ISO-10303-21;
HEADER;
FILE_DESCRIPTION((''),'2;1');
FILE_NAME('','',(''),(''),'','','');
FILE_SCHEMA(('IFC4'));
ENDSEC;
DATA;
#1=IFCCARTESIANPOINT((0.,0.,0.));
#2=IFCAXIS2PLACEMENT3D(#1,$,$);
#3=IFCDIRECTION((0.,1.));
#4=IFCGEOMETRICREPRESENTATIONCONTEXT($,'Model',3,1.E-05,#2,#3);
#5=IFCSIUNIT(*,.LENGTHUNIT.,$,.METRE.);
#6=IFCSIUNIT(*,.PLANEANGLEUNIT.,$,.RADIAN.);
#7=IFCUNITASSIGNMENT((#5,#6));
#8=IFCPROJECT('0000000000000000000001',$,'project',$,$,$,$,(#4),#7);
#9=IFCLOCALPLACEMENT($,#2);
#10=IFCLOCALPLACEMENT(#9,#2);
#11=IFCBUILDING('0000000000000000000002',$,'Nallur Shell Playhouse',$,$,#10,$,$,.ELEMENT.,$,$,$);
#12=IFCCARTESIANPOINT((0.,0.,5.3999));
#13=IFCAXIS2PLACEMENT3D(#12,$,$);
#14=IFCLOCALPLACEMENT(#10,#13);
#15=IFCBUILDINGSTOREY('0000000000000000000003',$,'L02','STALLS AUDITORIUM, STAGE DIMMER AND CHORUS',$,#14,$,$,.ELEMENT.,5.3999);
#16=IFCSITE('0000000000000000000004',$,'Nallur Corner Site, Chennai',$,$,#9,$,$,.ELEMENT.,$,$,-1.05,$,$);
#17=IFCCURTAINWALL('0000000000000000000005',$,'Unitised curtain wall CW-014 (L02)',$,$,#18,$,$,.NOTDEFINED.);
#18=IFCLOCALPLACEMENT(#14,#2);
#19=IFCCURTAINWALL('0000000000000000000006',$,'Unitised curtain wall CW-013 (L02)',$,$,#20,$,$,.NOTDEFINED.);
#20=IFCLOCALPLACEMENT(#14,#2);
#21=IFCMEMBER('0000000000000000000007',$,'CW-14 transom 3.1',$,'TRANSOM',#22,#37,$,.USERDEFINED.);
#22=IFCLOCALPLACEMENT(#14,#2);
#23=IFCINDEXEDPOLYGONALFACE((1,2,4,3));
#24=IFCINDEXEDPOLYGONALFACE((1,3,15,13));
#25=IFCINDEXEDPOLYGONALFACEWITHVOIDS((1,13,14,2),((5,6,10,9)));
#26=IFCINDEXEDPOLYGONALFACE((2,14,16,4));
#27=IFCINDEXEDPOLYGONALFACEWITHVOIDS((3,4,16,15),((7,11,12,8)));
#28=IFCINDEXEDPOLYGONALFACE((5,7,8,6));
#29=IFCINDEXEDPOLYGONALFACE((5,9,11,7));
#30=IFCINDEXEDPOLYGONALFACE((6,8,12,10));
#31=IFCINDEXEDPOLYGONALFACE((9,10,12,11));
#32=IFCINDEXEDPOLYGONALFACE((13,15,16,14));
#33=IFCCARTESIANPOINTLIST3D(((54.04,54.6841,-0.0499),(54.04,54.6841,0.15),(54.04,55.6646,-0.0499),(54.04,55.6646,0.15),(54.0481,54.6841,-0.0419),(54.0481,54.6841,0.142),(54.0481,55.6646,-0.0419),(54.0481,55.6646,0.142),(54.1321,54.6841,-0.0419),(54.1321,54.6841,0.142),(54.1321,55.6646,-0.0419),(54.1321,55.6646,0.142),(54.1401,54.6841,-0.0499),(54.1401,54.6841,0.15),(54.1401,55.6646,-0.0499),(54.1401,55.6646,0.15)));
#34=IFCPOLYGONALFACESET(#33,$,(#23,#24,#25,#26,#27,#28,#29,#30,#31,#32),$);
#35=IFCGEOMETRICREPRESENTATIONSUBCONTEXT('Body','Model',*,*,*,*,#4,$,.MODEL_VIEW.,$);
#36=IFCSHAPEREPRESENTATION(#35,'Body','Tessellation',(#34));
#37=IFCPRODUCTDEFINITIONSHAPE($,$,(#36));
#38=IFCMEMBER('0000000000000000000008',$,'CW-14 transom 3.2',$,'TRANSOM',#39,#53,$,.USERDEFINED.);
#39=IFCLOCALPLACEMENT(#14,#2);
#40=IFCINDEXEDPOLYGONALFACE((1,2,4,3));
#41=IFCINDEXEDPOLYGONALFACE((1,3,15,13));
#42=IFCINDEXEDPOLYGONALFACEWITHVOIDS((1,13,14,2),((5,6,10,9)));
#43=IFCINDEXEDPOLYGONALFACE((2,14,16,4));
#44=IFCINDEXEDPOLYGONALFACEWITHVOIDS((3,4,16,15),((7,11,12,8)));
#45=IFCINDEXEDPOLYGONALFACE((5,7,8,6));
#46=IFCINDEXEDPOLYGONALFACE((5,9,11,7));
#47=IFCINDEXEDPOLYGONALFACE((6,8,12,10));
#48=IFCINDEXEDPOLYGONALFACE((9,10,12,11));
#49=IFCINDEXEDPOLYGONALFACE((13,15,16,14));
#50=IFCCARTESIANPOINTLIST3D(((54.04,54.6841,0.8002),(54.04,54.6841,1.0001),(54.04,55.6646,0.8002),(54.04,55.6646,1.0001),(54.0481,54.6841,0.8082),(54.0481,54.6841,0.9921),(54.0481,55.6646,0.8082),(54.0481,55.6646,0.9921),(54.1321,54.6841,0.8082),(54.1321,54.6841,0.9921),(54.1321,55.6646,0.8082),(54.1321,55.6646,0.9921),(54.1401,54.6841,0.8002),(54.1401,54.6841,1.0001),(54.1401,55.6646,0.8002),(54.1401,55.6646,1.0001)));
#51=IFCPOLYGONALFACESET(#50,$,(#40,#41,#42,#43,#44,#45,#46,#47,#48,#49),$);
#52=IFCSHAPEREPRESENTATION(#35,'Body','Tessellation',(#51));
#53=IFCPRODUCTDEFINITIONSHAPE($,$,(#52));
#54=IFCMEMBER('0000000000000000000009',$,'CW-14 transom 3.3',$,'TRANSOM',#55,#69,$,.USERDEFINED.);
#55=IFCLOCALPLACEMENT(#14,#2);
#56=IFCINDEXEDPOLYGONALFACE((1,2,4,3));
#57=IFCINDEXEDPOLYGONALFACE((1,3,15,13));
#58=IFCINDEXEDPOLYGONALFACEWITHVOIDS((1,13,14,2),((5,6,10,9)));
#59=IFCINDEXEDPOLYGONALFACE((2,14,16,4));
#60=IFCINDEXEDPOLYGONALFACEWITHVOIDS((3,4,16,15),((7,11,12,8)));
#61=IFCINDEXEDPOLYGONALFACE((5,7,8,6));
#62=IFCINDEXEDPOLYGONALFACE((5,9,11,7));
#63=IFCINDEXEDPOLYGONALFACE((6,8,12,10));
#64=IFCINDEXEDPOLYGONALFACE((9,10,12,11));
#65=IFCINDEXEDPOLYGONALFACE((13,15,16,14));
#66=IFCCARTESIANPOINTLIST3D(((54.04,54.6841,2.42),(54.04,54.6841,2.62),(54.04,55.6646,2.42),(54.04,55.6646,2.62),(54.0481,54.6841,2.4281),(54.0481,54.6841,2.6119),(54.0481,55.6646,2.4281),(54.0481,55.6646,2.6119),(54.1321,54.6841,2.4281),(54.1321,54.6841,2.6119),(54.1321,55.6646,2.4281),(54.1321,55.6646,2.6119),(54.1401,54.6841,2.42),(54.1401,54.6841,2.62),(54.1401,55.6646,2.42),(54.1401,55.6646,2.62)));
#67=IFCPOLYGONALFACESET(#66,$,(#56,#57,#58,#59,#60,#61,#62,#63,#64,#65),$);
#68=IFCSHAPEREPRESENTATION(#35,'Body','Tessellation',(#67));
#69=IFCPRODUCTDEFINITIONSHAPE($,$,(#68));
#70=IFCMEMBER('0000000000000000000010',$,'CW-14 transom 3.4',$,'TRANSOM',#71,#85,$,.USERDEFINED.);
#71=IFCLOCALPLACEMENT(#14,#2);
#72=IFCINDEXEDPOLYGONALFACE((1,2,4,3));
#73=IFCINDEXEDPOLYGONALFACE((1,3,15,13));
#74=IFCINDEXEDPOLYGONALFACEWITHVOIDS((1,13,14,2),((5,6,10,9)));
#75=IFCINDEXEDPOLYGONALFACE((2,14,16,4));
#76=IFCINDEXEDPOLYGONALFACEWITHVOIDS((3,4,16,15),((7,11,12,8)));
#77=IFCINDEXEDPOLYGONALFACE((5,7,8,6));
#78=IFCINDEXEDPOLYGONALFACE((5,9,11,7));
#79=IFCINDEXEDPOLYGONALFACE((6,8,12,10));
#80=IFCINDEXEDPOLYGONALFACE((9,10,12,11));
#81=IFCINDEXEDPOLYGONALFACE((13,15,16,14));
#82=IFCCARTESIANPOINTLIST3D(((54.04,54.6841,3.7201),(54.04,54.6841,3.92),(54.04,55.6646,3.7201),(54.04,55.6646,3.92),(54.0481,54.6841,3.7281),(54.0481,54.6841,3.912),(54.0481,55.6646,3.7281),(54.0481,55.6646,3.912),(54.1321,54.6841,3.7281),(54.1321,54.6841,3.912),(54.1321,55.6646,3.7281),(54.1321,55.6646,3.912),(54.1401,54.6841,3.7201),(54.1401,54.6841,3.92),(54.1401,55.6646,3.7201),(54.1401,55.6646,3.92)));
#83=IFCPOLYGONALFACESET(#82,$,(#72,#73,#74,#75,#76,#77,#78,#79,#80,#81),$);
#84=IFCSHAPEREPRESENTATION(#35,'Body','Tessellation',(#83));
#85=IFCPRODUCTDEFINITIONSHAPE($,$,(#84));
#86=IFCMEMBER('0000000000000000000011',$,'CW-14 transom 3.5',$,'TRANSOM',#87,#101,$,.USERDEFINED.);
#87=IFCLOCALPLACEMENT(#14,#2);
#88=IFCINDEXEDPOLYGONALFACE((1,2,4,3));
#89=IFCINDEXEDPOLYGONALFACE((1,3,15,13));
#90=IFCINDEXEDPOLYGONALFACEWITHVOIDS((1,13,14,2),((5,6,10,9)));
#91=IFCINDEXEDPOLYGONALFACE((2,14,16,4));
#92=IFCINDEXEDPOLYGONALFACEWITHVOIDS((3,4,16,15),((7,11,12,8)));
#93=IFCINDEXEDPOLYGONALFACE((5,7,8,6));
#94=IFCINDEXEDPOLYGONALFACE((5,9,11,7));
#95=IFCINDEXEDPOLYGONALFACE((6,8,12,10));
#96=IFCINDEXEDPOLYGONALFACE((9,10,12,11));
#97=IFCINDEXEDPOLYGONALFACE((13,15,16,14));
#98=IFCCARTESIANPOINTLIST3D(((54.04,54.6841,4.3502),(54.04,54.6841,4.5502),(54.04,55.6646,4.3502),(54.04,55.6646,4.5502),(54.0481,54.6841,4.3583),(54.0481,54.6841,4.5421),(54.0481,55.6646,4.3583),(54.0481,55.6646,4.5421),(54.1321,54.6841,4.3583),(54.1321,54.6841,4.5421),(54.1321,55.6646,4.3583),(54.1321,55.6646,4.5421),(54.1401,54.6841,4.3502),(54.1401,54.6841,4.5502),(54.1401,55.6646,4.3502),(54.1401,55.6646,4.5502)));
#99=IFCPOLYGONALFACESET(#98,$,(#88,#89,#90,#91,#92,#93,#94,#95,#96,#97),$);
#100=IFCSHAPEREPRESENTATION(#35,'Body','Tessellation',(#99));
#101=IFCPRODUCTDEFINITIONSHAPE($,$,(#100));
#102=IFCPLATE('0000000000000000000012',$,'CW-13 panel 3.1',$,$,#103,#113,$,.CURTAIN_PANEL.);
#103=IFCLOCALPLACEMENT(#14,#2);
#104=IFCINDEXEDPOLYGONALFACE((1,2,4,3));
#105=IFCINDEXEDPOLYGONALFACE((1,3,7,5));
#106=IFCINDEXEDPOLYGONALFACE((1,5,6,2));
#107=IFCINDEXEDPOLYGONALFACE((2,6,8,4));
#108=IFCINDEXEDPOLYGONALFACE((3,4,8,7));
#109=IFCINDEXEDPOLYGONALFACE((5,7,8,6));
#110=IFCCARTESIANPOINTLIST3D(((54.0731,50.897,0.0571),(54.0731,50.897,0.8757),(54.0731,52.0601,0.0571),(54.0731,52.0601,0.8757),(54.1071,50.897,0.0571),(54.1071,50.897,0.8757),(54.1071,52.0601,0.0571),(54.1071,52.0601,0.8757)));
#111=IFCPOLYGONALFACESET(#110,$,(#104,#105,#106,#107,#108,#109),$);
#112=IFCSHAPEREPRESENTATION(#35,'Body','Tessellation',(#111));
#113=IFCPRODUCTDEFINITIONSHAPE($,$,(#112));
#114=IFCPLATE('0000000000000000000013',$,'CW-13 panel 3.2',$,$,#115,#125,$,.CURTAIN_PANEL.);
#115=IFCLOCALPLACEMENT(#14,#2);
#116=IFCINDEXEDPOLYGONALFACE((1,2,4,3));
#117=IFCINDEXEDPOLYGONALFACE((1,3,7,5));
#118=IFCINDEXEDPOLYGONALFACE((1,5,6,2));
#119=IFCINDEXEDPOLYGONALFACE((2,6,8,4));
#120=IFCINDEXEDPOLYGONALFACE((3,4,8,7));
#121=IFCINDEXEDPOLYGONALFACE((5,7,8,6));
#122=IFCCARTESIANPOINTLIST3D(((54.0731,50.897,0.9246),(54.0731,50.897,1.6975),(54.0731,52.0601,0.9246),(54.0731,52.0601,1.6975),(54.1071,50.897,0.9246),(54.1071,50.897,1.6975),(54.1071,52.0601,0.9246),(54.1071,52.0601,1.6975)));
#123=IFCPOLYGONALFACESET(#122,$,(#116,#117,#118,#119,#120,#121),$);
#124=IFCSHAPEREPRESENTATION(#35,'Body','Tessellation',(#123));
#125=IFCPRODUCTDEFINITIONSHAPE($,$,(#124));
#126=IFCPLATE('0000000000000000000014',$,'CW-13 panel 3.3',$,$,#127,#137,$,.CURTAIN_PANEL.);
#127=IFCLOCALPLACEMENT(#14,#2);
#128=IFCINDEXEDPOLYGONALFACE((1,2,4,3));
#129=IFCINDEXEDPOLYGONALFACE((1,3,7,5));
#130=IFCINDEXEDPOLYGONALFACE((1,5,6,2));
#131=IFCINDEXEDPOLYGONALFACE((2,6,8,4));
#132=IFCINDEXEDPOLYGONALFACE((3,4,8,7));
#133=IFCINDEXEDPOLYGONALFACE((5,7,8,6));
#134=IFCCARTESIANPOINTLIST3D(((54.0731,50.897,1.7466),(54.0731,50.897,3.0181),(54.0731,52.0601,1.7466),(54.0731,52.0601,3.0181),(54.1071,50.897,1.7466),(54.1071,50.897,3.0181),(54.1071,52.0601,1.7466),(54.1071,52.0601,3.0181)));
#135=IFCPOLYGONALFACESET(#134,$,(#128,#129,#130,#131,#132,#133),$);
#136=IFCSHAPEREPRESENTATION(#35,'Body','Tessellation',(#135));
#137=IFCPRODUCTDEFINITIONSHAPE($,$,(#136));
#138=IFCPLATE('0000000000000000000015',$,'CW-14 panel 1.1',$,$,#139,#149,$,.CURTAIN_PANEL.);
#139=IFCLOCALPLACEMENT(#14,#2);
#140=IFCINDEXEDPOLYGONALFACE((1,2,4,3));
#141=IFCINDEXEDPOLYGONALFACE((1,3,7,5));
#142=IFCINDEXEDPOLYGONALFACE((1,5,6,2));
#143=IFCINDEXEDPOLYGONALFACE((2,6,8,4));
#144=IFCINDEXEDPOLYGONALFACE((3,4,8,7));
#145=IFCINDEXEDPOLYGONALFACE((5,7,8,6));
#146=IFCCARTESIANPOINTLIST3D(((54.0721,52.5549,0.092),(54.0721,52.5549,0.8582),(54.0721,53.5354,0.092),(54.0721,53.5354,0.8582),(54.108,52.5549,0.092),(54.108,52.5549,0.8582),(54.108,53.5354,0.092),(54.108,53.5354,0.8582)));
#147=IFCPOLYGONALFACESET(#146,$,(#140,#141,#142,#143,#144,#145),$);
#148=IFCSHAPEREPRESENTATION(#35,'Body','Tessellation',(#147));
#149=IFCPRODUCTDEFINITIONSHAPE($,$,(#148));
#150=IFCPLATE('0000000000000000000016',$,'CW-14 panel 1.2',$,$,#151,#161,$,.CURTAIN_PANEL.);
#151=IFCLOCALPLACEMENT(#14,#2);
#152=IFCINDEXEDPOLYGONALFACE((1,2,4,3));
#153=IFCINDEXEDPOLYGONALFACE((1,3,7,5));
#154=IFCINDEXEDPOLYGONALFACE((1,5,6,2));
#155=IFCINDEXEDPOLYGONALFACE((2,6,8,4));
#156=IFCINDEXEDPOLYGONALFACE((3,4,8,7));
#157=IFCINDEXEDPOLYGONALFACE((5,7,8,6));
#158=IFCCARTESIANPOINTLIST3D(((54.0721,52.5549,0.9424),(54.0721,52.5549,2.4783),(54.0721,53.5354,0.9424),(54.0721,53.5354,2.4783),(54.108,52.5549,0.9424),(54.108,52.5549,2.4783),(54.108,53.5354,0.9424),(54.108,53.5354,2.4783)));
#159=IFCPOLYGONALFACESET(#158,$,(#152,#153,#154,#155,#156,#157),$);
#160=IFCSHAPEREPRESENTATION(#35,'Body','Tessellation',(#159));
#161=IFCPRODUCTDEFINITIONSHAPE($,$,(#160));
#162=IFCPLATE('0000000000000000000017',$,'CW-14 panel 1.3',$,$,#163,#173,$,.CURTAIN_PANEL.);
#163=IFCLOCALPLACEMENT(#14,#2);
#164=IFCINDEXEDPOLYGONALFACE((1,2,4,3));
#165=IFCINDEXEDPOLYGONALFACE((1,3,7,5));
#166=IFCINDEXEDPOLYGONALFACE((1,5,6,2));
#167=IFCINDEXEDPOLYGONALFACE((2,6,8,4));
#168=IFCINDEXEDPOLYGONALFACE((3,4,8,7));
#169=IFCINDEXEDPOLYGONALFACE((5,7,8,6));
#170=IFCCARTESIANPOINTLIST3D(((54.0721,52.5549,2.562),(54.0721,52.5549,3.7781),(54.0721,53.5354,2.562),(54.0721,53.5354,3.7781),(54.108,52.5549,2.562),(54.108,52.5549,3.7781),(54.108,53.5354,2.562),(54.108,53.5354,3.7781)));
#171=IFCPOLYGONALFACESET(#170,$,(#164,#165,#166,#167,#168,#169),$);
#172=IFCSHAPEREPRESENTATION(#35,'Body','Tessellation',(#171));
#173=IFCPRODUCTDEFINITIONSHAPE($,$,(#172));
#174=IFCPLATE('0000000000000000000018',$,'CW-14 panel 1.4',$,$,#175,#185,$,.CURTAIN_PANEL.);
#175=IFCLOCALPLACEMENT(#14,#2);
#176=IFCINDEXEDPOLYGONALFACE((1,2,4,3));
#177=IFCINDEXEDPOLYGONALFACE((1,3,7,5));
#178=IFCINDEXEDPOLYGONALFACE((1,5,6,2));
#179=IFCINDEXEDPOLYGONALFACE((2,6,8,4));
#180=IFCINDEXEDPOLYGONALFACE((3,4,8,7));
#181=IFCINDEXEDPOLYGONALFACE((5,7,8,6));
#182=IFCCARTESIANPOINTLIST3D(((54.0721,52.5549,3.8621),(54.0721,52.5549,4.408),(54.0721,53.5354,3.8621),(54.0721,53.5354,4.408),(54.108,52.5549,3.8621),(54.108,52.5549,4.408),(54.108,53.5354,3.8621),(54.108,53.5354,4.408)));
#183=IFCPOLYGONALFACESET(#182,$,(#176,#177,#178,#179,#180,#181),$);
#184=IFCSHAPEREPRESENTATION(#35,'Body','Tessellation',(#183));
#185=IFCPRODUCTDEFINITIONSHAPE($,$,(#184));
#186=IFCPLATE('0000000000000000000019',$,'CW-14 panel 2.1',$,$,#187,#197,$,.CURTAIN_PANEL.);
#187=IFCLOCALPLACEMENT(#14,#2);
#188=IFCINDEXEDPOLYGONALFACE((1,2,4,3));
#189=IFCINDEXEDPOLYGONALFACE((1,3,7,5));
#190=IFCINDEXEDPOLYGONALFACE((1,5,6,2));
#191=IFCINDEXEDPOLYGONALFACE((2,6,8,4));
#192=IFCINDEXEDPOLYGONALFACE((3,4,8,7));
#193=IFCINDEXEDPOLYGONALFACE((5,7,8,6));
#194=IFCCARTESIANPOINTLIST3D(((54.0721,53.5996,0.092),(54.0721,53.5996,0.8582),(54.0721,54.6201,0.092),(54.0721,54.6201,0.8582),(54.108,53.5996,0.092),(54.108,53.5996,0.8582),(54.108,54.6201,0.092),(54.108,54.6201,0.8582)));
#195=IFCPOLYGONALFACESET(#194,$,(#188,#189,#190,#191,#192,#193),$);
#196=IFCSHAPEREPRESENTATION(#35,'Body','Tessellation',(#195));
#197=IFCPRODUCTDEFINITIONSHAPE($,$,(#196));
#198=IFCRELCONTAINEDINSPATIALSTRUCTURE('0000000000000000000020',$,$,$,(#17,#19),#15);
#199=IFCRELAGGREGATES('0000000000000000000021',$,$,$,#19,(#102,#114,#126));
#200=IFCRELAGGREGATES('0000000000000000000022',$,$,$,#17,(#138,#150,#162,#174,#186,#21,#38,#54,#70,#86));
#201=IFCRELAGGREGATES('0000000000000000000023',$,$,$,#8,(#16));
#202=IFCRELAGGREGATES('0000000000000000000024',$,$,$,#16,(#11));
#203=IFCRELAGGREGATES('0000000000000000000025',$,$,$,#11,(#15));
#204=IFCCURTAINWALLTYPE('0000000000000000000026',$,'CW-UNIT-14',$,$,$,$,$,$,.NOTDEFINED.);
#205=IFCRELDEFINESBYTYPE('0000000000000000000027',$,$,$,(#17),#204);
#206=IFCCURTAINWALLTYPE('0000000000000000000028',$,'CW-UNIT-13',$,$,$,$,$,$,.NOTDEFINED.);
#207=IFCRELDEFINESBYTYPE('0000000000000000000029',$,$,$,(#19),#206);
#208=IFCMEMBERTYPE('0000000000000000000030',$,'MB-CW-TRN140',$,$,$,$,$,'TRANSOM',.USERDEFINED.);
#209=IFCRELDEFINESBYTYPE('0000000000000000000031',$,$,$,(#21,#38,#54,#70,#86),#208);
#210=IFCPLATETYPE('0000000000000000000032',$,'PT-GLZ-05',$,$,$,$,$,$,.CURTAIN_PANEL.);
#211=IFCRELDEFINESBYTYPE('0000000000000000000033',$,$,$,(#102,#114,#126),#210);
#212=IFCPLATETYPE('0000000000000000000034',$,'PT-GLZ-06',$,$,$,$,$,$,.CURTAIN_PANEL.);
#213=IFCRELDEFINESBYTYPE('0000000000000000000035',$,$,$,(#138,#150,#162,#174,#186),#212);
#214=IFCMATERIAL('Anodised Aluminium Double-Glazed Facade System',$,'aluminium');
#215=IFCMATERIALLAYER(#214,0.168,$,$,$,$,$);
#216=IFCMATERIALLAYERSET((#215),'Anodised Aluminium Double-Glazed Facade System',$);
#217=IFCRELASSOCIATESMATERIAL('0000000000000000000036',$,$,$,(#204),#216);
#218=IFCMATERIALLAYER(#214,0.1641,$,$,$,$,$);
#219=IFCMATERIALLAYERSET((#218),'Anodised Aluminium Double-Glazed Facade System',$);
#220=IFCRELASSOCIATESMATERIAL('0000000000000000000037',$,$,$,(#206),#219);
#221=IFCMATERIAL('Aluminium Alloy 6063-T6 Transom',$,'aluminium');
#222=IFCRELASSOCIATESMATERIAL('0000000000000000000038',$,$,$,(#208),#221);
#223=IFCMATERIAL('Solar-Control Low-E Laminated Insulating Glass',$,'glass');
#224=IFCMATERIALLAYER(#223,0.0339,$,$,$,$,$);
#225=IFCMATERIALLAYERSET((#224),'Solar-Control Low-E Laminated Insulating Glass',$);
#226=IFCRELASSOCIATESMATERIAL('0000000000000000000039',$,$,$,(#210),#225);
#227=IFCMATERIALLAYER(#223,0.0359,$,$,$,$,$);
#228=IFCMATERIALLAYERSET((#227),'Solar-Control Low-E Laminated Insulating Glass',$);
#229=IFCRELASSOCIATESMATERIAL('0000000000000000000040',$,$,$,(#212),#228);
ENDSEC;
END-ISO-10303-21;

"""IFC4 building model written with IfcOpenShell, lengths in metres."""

from ifc_helpers import new_model, si_unit, direction, frame, origin, origin_2d, place, context, subcontext, project, spatial, rectangle, hollow_rectangle, extrude, material, layer, layer_set, material_profile, profile_set, type_object, element, aggregate, save


model = new_model("IFC4")

# Units and contexts
model_context = context("Model", 3, precision=1e-05, world=origin(), true_north=direction((0.0, 1.0)))
body_context = subcontext(model_context, "Body", "Model", "MODEL_VIEW")
ifc_project = project(units=[si_unit("LENGTHUNIT", "METRE"), si_unit("PLANEANGLEUNIT", "RADIAN")], contexts=[model_context])

# Site, building, storey
site_placement = place(None, origin())
site = spatial("IfcSite", under=ifc_project, at=site_placement, Name="Nallur Corner Site, Chennai", CompositionType="ELEMENT", RefElevation=-1.05)
building_placement = place(site_placement, origin())
building = spatial("IfcBuilding", under=site, at=building_placement, Name="Nallur Shell Playhouse", CompositionType="ELEMENT")
storey_placement = place(building_placement, frame((0.0, 0.0, 5.3999)))
storey = spatial("IfcBuildingStorey", under=building, at=storey_placement, Name="L02", Description="STALLS AUDITORIUM, STAGE DIMMER AND CHORUS", CompositionType="ELEMENT", Elevation=5.3999)

# Curtain walls
ifc_material_1 = material(Name="Anodised Aluminium Double-Glazed Facade System", Category="aluminium")
ifc_layer_1 = layer(ifc_material_1, 0.168)
ifc_layer_set_1 = layer_set([ifc_layer_1], Name="Anodised Aluminium Double-Glazed Facade System")
curtain_wall_type_1 = type_object("IfcCurtainWallType", Name="CW-UNIT-14", PredefinedType="NOTDEFINED", material=ifc_layer_set_1)
curtain_wall_1_placement = place(storey_placement, origin())
curtain_wall_1 = element("IfcCurtainWall", 1, at=curtain_wall_1_placement, inside=storey, type_object=curtain_wall_type_1, Name="Unitised curtain wall CW-014 (L02)", PredefinedType="NOTDEFINED")
ifc_layer_2 = layer(ifc_material_1, 0.1641)
ifc_layer_set_2 = layer_set([ifc_layer_2], Name="Anodised Aluminium Double-Glazed Facade System")
curtain_wall_type_2 = type_object("IfcCurtainWallType", Name="CW-UNIT-13", PredefinedType="NOTDEFINED", material=ifc_layer_set_2)
curtain_wall_2_placement = place(storey_placement, origin())
curtain_wall_2 = element("IfcCurtainWall", 2, at=curtain_wall_2_placement, inside=storey, type_object=curtain_wall_type_2, Name="Unitised curtain wall CW-013 (L02)", PredefinedType="NOTDEFINED")
ifc_material_2 = material(Name="Aluminium Alloy 6063-T6 Transom", Category="aluminium")

# Members
ifc_material_profile_1 = material_profile(ifc_material_2, hollow_rectangle(XDim=0.1001, YDim=0.2, WallThickness=0.0081, at=origin_2d()), Name="RHS 200x100x8")
ifc_profile_set_1 = profile_set([ifc_material_profile_1], Name="Aluminium Alloy 6063-T6 Transom")
member_type_1 = type_object("IfcMemberType", Name="MB-CW-TRN140", ElementType="TRANSOM", PredefinedType="USERDEFINED", material=ifc_profile_set_1)
member_1_placement = place(storey_placement, frame((54.0901, 54.6841, 0.05), z_axis=(0.0, 1.0, 0.0), x_axis=(-1.0, 0.0, 0.0)))
member_1 = element("IfcMember", 3, at=member_1_placement, type_object=member_type_1, Name="CW-14 transom 3.1", ObjectType="TRANSOM", PredefinedType="USERDEFINED", context=body_context, shape_type="SweptSolid", body=[
    extrude(hollow_rectangle(XDim=0.1001, YDim=0.2, WallThickness=0.0081, at=origin_2d()), origin(), (0.0, 0.0, 1.0), 0.9805),
])
member_2_placement = place(storey_placement, frame((54.0901, 54.6841, 0.9001), z_axis=(0.0, 1.0, 0.0), x_axis=(-1.0, 0.0, 0.0)))
member_2 = element("IfcMember", 4, at=member_2_placement, type_object=member_type_1, Name="CW-14 transom 3.2", ObjectType="TRANSOM", PredefinedType="USERDEFINED", context=body_context, shape_type="SweptSolid", body=[
    extrude(hollow_rectangle(XDim=0.1001, YDim=0.2, WallThickness=0.0081, at=origin_2d()), origin(), (0.0, 0.0, 1.0), 0.9805),
])
member_3_placement = place(storey_placement, frame((54.0901, 54.6841, 2.52), z_axis=(0.0, 1.0, 0.0), x_axis=(-1.0, 0.0, 0.0)))
member_3 = element("IfcMember", 5, at=member_3_placement, type_object=member_type_1, Name="CW-14 transom 3.3", ObjectType="TRANSOM", PredefinedType="USERDEFINED", context=body_context, shape_type="SweptSolid", body=[
    extrude(hollow_rectangle(XDim=0.1001, YDim=0.2, WallThickness=0.0081, at=origin_2d()), origin(), (0.0, 0.0, 1.0), 0.9805),
])
member_4_placement = place(storey_placement, frame((54.0901, 54.6841, 3.8201), z_axis=(0.0, 1.0, 0.0), x_axis=(-1.0, 0.0, 0.0)))
member_4 = element("IfcMember", 6, at=member_4_placement, type_object=member_type_1, Name="CW-14 transom 3.4", ObjectType="TRANSOM", PredefinedType="USERDEFINED", context=body_context, shape_type="SweptSolid", body=[
    extrude(hollow_rectangle(XDim=0.1001, YDim=0.2, WallThickness=0.0081, at=origin_2d()), origin(), (0.0, 0.0, 1.0), 0.9805),
])
member_5_placement = place(storey_placement, frame((54.0901, 54.6841, 4.4502), z_axis=(0.0, 1.0, 0.0), x_axis=(-1.0, 0.0, 0.0)))
member_5 = element("IfcMember", 7, at=member_5_placement, type_object=member_type_1, Name="CW-14 transom 3.5", ObjectType="TRANSOM", PredefinedType="USERDEFINED", context=body_context, shape_type="SweptSolid", body=[
    extrude(hollow_rectangle(XDim=0.1001, YDim=0.2, WallThickness=0.0081, at=origin_2d()), origin(), (0.0, 0.0, 1.0), 0.9805),
])

# Plates
ifc_material_3 = material(Name="Solar-Control Low-E Laminated Insulating Glass", Category="glass")
ifc_layer_3 = layer(ifc_material_3, 0.0339)
ifc_layer_set_3 = layer_set([ifc_layer_3], Name="Solar-Control Low-E Laminated Insulating Glass")
plate_type_1 = type_object("IfcPlateType", Name="PT-GLZ-05", PredefinedType="CURTAIN_PANEL", material=ifc_layer_set_3)
plate_1_placement = place(storey_placement, frame((54.0901, 51.4785, 0.0571), z_axis=(0.0, 0.0, 1.0), x_axis=(0.0, 1.0, 0.0)))
plate_1 = element("IfcPlate", 8, at=plate_1_placement, type_object=plate_type_1, Name="CW-13 panel 3.1", PredefinedType="CURTAIN_PANEL", context=body_context, shape_type="SweptSolid", body=[
    extrude(rectangle(XDim=1.1631, YDim=0.0339, at=origin_2d()), origin(), (0.0, 0.0, 1.0), 0.8186),
])
plate_2_placement = place(storey_placement, frame((54.0901, 51.4785, 0.9246), z_axis=(0.0, 0.0, 1.0), x_axis=(0.0, 1.0, 0.0)))
plate_2 = element("IfcPlate", 9, at=plate_2_placement, type_object=plate_type_1, Name="CW-13 panel 3.2", PredefinedType="CURTAIN_PANEL", context=body_context, shape_type="SweptSolid", body=[
    extrude(rectangle(XDim=1.1631, YDim=0.0339, at=origin_2d()), origin(), (0.0, 0.0, 1.0), 0.7729),
])
plate_3_placement = place(storey_placement, frame((54.0901, 51.4785, 1.7466), z_axis=(0.0, 0.0, 1.0), x_axis=(0.0, 1.0, 0.0)))
plate_3 = element("IfcPlate", 10, at=plate_3_placement, type_object=plate_type_1, Name="CW-13 panel 3.3", PredefinedType="CURTAIN_PANEL", context=body_context, shape_type="SweptSolid", body=[
    extrude(rectangle(XDim=1.1631, YDim=0.0339, at=origin_2d()), origin(), (0.0, 0.0, 1.0), 1.2715),
])
aggregate(curtain_wall_2, [plate_1, plate_2, plate_3])
ifc_layer_4 = layer(ifc_material_3, 0.0359)
ifc_layer_set_4 = layer_set([ifc_layer_4], Name="Solar-Control Low-E Laminated Insulating Glass")
plate_type_2 = type_object("IfcPlateType", Name="PT-GLZ-06", PredefinedType="CURTAIN_PANEL", material=ifc_layer_set_4)
plate_4_placement = place(storey_placement, frame((54.0901, 53.0452, 0.092), z_axis=(0.0, 0.0, 1.0), x_axis=(0.0, 1.0, 0.0)))
plate_4 = element("IfcPlate", 11, at=plate_4_placement, type_object=plate_type_2, Name="CW-14 panel 1.1", PredefinedType="CURTAIN_PANEL", context=body_context, shape_type="SweptSolid", body=[
    extrude(rectangle(XDim=0.9805, YDim=0.0359, at=origin_2d()), origin(), (0.0, 0.0, 1.0), 0.7661),
])
plate_5_placement = place(storey_placement, frame((54.0901, 53.0452, 0.9424), z_axis=(0.0, 0.0, 1.0), x_axis=(0.0, 1.0, 0.0)))
plate_5 = element("IfcPlate", 12, at=plate_5_placement, type_object=plate_type_2, Name="CW-14 panel 1.2", PredefinedType="CURTAIN_PANEL", context=body_context, shape_type="SweptSolid", body=[
    extrude(rectangle(XDim=0.9805, YDim=0.0359, at=origin_2d()), origin(), (0.0, 0.0, 1.0), 1.5359),
])
plate_6_placement = place(storey_placement, frame((54.0901, 53.0452, 2.562), z_axis=(0.0, 0.0, 1.0), x_axis=(0.0, 1.0, 0.0)))
plate_6 = element("IfcPlate", 13, at=plate_6_placement, type_object=plate_type_2, Name="CW-14 panel 1.3", PredefinedType="CURTAIN_PANEL", context=body_context, shape_type="SweptSolid", body=[
    extrude(rectangle(XDim=0.9805, YDim=0.0359, at=origin_2d()), origin(), (0.0, 0.0, 1.0), 1.2161),
])
plate_7_placement = place(storey_placement, frame((54.0901, 53.0452, 3.8621), z_axis=(0.0, 0.0, 1.0), x_axis=(0.0, 1.0, 0.0)))
plate_7 = element("IfcPlate", 14, at=plate_7_placement, type_object=plate_type_2, Name="CW-14 panel 1.4", PredefinedType="CURTAIN_PANEL", context=body_context, shape_type="SweptSolid", body=[
    extrude(rectangle(XDim=0.9805, YDim=0.0359, at=origin_2d()), origin(), (0.0, 0.0, 1.0), 0.5459),
])
plate_8_placement = place(storey_placement, frame((54.0901, 54.1099, 0.092), z_axis=(0.0, 0.0, 1.0), x_axis=(0.0, 1.0, 0.0)))
plate_8 = element("IfcPlate", 15, at=plate_8_placement, type_object=plate_type_2, Name="CW-14 panel 2.1", PredefinedType="CURTAIN_PANEL", context=body_context, shape_type="SweptSolid", body=[
    extrude(rectangle(XDim=1.0205, YDim=0.0359, at=origin_2d()), origin(), (0.0, 0.0, 1.0), 0.7661),
])
aggregate(curtain_wall_1, [plate_4, plate_5, plate_6, plate_7, plate_8, member_1, member_2, member_3, member_4, member_5])

save(model, "model.ifc")
